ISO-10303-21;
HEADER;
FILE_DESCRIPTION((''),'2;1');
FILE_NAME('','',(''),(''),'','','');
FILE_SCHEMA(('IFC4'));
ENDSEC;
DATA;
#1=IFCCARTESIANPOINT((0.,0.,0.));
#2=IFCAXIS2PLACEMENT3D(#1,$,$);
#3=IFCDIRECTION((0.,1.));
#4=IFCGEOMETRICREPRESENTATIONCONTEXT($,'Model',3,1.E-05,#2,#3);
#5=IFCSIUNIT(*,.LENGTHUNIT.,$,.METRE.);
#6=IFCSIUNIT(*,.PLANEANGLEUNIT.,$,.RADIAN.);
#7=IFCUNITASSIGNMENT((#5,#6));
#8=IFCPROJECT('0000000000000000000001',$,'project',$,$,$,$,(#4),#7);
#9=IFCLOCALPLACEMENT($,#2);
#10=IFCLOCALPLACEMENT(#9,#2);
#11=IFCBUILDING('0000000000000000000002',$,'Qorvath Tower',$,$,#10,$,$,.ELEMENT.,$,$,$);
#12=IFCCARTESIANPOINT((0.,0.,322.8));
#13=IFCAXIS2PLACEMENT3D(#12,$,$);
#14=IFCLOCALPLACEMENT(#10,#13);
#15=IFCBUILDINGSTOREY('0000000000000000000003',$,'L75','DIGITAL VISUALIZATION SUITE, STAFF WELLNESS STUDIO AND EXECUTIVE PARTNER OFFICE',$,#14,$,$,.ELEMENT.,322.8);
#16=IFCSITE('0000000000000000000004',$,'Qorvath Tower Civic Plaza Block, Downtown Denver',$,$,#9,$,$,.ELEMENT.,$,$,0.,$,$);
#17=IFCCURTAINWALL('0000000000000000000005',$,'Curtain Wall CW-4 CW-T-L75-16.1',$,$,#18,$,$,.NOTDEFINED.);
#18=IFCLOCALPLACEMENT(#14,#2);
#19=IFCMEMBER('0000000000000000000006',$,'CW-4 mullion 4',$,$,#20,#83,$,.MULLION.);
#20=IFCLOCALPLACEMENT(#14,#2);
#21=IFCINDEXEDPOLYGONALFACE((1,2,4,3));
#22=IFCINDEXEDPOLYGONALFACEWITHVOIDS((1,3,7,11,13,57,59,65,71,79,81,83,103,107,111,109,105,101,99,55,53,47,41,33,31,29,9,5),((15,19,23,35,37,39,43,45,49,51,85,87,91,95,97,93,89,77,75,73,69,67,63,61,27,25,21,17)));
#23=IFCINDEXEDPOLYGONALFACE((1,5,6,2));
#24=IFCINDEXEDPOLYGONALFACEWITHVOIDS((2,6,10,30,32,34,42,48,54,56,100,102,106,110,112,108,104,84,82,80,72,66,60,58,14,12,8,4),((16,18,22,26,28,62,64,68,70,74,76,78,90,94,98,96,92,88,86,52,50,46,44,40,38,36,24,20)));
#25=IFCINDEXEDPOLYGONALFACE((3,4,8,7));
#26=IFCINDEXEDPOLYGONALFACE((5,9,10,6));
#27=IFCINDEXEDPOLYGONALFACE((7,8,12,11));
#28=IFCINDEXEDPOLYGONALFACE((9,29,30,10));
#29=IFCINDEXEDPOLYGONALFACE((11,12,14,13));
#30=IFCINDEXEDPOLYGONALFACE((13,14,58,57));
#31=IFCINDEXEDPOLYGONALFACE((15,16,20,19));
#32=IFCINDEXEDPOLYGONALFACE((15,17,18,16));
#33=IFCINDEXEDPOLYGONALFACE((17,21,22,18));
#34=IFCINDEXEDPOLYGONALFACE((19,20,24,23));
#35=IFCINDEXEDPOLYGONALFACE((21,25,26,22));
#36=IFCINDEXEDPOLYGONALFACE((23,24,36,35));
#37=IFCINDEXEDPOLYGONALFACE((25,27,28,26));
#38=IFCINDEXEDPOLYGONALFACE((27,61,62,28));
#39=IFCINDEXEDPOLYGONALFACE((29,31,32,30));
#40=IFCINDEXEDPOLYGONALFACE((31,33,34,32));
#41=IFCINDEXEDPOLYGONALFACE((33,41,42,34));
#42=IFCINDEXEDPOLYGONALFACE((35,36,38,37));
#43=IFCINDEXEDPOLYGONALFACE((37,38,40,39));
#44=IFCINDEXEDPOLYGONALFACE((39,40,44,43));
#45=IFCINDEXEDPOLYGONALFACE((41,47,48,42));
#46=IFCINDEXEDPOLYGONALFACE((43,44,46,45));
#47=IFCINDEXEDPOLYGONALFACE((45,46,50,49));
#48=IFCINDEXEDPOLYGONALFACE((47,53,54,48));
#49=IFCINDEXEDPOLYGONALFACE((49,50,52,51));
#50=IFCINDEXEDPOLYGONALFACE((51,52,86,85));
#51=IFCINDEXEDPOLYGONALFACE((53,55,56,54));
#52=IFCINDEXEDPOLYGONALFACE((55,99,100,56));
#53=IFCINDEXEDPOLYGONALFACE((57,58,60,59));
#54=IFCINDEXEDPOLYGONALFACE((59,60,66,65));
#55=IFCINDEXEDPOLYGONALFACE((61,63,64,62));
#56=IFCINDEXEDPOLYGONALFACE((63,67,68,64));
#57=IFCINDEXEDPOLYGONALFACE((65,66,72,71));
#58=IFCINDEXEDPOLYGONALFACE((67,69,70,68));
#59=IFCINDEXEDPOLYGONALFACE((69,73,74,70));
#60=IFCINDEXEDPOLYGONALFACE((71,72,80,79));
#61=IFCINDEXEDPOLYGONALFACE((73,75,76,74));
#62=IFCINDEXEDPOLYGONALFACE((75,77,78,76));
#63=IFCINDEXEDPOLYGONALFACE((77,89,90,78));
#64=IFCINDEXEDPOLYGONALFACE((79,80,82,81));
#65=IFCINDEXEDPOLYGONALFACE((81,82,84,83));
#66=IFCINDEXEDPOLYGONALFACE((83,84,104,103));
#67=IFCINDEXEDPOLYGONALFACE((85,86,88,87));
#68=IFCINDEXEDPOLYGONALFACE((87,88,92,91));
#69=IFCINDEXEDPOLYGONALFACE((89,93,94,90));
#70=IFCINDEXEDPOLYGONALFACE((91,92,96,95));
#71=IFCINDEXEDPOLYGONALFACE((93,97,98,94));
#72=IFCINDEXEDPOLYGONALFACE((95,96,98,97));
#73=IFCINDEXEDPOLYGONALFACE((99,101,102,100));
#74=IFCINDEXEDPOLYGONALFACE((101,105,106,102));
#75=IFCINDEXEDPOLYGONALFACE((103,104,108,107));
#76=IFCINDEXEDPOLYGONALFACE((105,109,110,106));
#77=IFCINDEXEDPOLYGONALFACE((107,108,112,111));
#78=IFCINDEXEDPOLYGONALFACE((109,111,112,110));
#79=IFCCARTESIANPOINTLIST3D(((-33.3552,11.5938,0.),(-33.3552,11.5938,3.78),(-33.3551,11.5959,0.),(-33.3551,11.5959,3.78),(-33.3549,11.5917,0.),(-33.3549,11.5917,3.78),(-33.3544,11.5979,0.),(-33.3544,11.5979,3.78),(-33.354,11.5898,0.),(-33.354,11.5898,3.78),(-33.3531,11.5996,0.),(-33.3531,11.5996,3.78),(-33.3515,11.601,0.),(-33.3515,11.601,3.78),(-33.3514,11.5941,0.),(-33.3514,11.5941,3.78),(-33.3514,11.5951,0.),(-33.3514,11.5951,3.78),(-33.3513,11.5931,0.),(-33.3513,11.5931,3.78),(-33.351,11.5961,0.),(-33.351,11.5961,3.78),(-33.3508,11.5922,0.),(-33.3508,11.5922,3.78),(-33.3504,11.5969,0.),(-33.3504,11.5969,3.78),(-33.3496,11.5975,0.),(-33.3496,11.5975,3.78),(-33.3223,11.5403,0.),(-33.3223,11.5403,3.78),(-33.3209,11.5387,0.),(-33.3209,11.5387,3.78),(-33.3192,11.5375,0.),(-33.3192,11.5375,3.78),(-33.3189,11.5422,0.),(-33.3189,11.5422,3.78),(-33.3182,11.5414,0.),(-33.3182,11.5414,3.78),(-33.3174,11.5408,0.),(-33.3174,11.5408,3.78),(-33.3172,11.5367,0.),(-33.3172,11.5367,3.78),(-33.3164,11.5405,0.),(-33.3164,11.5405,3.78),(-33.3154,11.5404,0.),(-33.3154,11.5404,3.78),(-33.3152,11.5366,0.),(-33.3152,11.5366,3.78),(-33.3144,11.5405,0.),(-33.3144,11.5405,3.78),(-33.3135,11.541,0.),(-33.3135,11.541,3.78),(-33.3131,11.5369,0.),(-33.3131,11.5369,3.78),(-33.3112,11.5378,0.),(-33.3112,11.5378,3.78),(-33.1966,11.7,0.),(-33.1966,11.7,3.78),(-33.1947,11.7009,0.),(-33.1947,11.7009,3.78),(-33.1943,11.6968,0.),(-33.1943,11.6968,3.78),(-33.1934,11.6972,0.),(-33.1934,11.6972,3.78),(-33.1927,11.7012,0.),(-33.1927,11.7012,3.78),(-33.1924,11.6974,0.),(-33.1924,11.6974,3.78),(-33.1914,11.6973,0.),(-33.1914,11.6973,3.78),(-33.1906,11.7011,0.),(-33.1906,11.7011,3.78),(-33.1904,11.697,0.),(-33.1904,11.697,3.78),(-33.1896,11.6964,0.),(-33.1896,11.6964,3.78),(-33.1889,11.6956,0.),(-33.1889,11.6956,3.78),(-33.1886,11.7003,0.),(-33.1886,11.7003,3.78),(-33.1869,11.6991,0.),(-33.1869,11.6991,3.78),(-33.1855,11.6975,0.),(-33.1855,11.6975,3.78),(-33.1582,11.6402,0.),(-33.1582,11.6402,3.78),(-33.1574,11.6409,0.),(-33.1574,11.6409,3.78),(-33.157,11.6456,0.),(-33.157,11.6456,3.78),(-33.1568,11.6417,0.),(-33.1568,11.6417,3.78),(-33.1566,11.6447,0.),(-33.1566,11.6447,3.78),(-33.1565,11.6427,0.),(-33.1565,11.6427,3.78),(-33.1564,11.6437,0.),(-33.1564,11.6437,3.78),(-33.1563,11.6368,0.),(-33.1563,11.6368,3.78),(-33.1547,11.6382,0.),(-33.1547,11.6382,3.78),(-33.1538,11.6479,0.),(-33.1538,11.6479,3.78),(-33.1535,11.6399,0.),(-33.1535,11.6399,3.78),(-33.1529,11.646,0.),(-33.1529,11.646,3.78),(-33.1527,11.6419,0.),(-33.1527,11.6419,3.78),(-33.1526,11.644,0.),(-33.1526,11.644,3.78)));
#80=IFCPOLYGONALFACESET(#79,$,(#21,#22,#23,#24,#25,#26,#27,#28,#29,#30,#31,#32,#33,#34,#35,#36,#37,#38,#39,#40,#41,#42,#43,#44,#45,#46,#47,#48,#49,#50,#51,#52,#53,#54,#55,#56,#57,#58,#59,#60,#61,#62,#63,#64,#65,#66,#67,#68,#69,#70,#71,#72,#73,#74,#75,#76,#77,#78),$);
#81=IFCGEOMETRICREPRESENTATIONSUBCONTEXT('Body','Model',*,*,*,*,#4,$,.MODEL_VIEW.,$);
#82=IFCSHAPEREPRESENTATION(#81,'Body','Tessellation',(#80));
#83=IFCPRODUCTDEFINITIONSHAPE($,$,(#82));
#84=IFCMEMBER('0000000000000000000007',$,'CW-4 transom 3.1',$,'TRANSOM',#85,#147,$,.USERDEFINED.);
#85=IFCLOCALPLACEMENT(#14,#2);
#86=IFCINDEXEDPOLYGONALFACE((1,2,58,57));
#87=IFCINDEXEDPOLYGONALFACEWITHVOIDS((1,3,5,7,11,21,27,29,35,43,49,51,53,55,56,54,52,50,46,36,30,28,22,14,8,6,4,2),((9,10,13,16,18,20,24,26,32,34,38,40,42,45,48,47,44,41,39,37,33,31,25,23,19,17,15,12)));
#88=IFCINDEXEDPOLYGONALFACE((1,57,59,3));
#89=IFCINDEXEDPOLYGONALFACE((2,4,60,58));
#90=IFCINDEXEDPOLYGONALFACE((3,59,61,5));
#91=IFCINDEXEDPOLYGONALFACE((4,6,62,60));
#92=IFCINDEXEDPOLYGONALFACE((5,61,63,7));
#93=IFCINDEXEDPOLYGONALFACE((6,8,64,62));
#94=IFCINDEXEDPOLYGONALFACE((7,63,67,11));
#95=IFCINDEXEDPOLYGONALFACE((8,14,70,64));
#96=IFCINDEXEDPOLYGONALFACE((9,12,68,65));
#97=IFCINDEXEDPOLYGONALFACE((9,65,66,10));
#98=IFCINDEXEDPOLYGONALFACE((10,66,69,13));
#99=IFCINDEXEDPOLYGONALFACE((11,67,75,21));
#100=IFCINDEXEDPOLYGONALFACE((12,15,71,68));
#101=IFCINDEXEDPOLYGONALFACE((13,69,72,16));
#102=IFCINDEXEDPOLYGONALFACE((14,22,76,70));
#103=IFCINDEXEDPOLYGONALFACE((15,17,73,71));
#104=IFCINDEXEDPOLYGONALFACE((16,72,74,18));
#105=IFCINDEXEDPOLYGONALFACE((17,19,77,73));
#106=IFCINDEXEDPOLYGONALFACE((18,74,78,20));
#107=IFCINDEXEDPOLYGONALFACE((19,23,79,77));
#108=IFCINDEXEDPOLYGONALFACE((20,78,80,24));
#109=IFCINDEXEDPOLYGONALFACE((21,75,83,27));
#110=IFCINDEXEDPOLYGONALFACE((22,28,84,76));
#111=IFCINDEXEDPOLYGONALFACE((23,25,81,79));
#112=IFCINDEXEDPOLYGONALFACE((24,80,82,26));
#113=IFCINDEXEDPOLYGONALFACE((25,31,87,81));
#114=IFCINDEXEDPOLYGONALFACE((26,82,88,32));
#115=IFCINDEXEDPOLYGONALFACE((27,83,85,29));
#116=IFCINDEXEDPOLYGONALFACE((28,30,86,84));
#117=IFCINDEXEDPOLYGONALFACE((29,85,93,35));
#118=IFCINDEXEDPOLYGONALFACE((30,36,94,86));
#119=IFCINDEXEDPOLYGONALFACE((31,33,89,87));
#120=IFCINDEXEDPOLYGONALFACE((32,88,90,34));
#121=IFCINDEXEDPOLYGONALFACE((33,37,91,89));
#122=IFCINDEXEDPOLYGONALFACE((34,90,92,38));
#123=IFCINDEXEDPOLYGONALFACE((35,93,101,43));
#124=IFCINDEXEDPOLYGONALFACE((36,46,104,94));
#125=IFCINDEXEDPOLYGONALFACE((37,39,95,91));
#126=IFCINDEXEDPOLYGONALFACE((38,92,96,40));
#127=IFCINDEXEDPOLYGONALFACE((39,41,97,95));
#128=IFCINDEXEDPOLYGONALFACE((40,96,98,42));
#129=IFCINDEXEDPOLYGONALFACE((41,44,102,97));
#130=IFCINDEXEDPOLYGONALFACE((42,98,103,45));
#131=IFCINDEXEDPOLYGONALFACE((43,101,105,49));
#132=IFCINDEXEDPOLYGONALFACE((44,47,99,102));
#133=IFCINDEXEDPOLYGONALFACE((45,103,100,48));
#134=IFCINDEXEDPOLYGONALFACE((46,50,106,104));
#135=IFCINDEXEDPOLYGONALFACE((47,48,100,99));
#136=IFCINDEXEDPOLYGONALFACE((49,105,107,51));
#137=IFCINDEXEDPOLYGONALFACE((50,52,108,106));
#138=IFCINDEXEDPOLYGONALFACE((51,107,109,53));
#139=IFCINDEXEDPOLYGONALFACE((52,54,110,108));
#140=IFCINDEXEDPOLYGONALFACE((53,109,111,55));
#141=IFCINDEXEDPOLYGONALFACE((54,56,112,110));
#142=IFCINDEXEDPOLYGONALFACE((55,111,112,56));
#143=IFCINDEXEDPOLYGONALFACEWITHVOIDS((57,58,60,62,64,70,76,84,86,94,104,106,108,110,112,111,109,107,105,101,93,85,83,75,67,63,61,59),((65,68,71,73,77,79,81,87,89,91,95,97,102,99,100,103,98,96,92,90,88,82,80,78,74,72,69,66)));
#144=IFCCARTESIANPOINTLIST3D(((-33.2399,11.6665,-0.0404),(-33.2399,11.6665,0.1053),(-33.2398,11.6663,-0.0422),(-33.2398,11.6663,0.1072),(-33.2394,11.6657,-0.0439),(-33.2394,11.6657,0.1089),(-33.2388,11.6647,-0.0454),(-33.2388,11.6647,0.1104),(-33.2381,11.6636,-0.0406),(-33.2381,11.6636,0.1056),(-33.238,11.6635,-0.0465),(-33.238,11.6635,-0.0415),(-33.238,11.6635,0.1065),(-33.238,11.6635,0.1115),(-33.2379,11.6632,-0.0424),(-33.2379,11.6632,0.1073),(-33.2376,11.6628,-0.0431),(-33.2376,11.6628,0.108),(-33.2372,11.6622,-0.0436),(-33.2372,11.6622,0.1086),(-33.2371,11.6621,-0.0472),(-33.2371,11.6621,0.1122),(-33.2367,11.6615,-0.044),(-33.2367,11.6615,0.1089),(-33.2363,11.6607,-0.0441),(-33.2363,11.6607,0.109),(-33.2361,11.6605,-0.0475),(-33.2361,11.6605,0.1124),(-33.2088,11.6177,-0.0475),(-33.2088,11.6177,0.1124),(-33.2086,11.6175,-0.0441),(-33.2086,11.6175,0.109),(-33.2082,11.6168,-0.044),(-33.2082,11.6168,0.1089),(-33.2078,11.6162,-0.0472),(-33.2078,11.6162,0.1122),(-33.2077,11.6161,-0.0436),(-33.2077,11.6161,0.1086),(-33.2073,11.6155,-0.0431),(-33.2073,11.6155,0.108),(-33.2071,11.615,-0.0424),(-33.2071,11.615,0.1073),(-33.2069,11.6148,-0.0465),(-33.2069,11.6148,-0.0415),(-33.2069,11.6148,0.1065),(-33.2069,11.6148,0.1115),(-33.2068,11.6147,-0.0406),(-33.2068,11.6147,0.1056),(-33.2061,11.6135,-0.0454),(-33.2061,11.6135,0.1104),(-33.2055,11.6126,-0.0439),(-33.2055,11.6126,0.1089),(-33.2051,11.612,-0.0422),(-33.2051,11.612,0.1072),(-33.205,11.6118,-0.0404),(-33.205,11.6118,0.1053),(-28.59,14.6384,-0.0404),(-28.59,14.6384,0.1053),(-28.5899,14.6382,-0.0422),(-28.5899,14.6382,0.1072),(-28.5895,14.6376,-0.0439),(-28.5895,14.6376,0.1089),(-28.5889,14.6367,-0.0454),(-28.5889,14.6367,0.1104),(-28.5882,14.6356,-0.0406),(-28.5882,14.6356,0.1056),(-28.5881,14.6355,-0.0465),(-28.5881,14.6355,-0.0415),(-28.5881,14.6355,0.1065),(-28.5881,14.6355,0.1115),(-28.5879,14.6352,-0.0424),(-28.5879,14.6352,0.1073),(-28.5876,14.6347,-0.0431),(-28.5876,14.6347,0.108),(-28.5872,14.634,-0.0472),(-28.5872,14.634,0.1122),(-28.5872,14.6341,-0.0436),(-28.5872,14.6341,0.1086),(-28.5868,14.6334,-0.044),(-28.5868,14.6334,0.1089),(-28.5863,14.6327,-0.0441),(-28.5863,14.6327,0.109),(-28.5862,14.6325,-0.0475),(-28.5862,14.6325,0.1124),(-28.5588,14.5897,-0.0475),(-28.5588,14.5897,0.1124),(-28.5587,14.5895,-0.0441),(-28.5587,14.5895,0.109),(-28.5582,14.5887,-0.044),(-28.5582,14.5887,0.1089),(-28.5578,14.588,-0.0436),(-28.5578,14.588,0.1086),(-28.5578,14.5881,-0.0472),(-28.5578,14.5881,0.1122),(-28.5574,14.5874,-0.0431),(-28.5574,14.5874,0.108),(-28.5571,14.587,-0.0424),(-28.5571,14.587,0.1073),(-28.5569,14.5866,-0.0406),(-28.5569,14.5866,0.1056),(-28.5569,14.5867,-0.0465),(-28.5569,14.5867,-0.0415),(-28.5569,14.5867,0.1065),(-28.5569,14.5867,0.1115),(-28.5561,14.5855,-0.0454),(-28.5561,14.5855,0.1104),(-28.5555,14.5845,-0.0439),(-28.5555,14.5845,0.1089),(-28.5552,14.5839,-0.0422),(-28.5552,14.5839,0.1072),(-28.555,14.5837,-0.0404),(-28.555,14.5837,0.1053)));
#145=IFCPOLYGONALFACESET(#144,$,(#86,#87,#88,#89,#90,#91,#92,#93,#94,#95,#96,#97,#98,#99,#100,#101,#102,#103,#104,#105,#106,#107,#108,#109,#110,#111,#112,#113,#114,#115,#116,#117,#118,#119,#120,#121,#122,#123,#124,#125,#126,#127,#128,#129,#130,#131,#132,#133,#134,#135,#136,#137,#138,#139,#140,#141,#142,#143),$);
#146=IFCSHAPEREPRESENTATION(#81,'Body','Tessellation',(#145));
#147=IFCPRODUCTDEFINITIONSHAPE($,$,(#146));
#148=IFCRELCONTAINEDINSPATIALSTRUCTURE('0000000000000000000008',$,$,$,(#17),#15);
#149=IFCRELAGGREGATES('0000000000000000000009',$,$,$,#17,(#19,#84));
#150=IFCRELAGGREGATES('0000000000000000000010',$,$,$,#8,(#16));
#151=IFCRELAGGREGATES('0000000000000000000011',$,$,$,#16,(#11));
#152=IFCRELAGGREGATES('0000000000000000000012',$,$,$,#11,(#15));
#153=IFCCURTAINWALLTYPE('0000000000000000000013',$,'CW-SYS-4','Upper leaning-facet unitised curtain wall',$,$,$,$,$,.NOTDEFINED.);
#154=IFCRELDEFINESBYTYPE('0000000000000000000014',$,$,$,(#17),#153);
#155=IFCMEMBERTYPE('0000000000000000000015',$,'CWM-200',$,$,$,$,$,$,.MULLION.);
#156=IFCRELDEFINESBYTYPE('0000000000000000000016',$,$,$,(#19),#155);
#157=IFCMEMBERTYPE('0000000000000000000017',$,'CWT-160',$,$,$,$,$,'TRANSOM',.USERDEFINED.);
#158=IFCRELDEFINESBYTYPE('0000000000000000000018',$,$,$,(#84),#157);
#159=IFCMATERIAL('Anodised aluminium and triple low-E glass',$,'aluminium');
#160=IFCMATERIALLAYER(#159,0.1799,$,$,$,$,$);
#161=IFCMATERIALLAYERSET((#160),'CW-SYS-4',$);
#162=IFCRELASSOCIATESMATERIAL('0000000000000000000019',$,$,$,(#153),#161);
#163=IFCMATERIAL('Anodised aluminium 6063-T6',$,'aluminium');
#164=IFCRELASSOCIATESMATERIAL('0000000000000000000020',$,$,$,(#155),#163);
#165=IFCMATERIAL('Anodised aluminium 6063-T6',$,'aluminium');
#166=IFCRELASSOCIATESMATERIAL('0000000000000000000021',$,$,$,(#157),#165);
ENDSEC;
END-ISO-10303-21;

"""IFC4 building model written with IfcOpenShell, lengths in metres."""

from ifc_helpers import new_model, si_unit, direction, frame, origin, origin_2d, place, context, subcontext, project, spatial, hollow_rectangle, extrude, material, layer, layer_set, material_profile, profile_set, type_object, element, aggregate, save


model = new_model("IFC4")

# Units and contexts
model_context = context("Model", 3, precision=1e-05, world=origin(), true_north=direction((0.0, 1.0)))
body_context = subcontext(model_context, "Body", "Model", "MODEL_VIEW")
ifc_project = project(units=[si_unit("LENGTHUNIT", "METRE"), si_unit("PLANEANGLEUNIT", "RADIAN")], contexts=[model_context])

# Site, building, storey
site_placement = place(None, origin())
site = spatial("IfcSite", under=ifc_project, at=site_placement, Name="Qorvath Tower Civic Plaza Block, Downtown Denver", CompositionType="ELEMENT", RefElevation=0.0)
building_placement = place(site_placement, origin())
building = spatial("IfcBuilding", under=site, at=building_placement, Name="Qorvath Tower", CompositionType="ELEMENT")
storey_placement = place(building_placement, frame((0.0, 0.0, 322.8)))
storey = spatial("IfcBuildingStorey", under=building, at=storey_placement, Name="L75", Description="DIGITAL VISUALIZATION SUITE, STAFF WELLNESS STUDIO AND EXECUTIVE PARTNER OFFICE", CompositionType="ELEMENT", Elevation=322.8)

# Curtain wall, members
ifc_material_1 = material(Name="Anodised aluminium and triple low-E glass", Category="aluminium")
ifc_layer_1 = layer(ifc_material_1, 0.1799)
ifc_layer_set_1 = layer_set([ifc_layer_1], Name="CW-SYS-4")
curtain_wall_type = type_object("IfcCurtainWallType", Name="CW-SYS-4", Description="Upper leaning-facet unitised curtain wall", PredefinedType="NOTDEFINED", material=ifc_layer_set_1)
curtain_wall_placement = place(storey_placement, origin())
curtain_wall = element("IfcCurtainWall", 1, at=curtain_wall_placement, inside=storey, type_object=curtain_wall_type, Name="Curtain Wall CW-4 CW-T-L75-16.1", PredefinedType="NOTDEFINED")
ifc_material_2 = material(Name="Anodised aluminium 6063-T6", Category="aluminium")
ifc_material_profile_1 = material_profile(ifc_material_2, hollow_rectangle(XDim=0.075, YDim=0.2, WallThickness=0.0039, InnerFilletRadius=0.0039, OuterFilletRadius=0.0081, at=origin_2d()), Name="CWM 200x75")
ifc_profile_set_1 = profile_set([ifc_material_profile_1], Name="Anodised aluminium 6063-T6")
member_type_1 = type_object("IfcMemberType", Name="CWM-200", PredefinedType="MULLION", material=ifc_profile_set_1)
member_1_placement = place(storey_placement, frame((-33.2539, 11.6189, 0.0), z_axis=(0.0, 0.0, 1.0), x_axis=(0.538536, -0.842603, 0.0)))
member_1 = element("IfcMember", 2, at=member_1_placement, type_object=member_type_1, Name="CW-4 mullion 4", PredefinedType="MULLION", context=body_context, shape_type="SweptSolid", body=[
    extrude(hollow_rectangle(XDim=0.075, YDim=0.2, WallThickness=0.0039, InnerFilletRadius=0.0039, OuterFilletRadius=0.0081, at=origin_2d()), origin(), (0.0, 0.0, 1.0), 3.78),
])
ifc_material_3 = material(Name="Anodised aluminium 6063-T6", Category="aluminium")
ifc_material_profile_2 = material_profile(ifc_material_3, hollow_rectangle(XDim=0.0649, YDim=0.1599, WallThickness=0.0034, InnerFilletRadius=0.0034, OuterFilletRadius=0.0071, at=origin_2d()), Name="CWT 160x65")
ifc_profile_set_2 = profile_set([ifc_material_profile_2], Name="Anodised aluminium 6063-T6")
member_type_2 = type_object("IfcMemberType", Name="CWT-160", ElementType="TRANSOM", PredefinedType="USERDEFINED", material=ifc_profile_set_2)
member_2_placement = place(storey_placement, frame((-28.5725, 14.6111, 0.0325), z_axis=(-0.842601, -0.538538, 0.0), x_axis=(0.538538, -0.842601, 0.0)))
member_2 = element("IfcMember", 3, at=member_2_placement, type_object=member_type_2, Name="CW-4 transom 3.1", ObjectType="TRANSOM", PredefinedType="USERDEFINED", context=body_context, shape_type="SweptSolid", body=[
    extrude(hollow_rectangle(XDim=0.0649, YDim=0.1599, WallThickness=0.0034, InnerFilletRadius=0.0034, OuterFilletRadius=0.0071, at=origin_2d()), origin(), (0.0, 0.0, 1.0), 5.5186),
])
aggregate(curtain_wall, [member_1, member_2])

save(model, "model.ifc")
